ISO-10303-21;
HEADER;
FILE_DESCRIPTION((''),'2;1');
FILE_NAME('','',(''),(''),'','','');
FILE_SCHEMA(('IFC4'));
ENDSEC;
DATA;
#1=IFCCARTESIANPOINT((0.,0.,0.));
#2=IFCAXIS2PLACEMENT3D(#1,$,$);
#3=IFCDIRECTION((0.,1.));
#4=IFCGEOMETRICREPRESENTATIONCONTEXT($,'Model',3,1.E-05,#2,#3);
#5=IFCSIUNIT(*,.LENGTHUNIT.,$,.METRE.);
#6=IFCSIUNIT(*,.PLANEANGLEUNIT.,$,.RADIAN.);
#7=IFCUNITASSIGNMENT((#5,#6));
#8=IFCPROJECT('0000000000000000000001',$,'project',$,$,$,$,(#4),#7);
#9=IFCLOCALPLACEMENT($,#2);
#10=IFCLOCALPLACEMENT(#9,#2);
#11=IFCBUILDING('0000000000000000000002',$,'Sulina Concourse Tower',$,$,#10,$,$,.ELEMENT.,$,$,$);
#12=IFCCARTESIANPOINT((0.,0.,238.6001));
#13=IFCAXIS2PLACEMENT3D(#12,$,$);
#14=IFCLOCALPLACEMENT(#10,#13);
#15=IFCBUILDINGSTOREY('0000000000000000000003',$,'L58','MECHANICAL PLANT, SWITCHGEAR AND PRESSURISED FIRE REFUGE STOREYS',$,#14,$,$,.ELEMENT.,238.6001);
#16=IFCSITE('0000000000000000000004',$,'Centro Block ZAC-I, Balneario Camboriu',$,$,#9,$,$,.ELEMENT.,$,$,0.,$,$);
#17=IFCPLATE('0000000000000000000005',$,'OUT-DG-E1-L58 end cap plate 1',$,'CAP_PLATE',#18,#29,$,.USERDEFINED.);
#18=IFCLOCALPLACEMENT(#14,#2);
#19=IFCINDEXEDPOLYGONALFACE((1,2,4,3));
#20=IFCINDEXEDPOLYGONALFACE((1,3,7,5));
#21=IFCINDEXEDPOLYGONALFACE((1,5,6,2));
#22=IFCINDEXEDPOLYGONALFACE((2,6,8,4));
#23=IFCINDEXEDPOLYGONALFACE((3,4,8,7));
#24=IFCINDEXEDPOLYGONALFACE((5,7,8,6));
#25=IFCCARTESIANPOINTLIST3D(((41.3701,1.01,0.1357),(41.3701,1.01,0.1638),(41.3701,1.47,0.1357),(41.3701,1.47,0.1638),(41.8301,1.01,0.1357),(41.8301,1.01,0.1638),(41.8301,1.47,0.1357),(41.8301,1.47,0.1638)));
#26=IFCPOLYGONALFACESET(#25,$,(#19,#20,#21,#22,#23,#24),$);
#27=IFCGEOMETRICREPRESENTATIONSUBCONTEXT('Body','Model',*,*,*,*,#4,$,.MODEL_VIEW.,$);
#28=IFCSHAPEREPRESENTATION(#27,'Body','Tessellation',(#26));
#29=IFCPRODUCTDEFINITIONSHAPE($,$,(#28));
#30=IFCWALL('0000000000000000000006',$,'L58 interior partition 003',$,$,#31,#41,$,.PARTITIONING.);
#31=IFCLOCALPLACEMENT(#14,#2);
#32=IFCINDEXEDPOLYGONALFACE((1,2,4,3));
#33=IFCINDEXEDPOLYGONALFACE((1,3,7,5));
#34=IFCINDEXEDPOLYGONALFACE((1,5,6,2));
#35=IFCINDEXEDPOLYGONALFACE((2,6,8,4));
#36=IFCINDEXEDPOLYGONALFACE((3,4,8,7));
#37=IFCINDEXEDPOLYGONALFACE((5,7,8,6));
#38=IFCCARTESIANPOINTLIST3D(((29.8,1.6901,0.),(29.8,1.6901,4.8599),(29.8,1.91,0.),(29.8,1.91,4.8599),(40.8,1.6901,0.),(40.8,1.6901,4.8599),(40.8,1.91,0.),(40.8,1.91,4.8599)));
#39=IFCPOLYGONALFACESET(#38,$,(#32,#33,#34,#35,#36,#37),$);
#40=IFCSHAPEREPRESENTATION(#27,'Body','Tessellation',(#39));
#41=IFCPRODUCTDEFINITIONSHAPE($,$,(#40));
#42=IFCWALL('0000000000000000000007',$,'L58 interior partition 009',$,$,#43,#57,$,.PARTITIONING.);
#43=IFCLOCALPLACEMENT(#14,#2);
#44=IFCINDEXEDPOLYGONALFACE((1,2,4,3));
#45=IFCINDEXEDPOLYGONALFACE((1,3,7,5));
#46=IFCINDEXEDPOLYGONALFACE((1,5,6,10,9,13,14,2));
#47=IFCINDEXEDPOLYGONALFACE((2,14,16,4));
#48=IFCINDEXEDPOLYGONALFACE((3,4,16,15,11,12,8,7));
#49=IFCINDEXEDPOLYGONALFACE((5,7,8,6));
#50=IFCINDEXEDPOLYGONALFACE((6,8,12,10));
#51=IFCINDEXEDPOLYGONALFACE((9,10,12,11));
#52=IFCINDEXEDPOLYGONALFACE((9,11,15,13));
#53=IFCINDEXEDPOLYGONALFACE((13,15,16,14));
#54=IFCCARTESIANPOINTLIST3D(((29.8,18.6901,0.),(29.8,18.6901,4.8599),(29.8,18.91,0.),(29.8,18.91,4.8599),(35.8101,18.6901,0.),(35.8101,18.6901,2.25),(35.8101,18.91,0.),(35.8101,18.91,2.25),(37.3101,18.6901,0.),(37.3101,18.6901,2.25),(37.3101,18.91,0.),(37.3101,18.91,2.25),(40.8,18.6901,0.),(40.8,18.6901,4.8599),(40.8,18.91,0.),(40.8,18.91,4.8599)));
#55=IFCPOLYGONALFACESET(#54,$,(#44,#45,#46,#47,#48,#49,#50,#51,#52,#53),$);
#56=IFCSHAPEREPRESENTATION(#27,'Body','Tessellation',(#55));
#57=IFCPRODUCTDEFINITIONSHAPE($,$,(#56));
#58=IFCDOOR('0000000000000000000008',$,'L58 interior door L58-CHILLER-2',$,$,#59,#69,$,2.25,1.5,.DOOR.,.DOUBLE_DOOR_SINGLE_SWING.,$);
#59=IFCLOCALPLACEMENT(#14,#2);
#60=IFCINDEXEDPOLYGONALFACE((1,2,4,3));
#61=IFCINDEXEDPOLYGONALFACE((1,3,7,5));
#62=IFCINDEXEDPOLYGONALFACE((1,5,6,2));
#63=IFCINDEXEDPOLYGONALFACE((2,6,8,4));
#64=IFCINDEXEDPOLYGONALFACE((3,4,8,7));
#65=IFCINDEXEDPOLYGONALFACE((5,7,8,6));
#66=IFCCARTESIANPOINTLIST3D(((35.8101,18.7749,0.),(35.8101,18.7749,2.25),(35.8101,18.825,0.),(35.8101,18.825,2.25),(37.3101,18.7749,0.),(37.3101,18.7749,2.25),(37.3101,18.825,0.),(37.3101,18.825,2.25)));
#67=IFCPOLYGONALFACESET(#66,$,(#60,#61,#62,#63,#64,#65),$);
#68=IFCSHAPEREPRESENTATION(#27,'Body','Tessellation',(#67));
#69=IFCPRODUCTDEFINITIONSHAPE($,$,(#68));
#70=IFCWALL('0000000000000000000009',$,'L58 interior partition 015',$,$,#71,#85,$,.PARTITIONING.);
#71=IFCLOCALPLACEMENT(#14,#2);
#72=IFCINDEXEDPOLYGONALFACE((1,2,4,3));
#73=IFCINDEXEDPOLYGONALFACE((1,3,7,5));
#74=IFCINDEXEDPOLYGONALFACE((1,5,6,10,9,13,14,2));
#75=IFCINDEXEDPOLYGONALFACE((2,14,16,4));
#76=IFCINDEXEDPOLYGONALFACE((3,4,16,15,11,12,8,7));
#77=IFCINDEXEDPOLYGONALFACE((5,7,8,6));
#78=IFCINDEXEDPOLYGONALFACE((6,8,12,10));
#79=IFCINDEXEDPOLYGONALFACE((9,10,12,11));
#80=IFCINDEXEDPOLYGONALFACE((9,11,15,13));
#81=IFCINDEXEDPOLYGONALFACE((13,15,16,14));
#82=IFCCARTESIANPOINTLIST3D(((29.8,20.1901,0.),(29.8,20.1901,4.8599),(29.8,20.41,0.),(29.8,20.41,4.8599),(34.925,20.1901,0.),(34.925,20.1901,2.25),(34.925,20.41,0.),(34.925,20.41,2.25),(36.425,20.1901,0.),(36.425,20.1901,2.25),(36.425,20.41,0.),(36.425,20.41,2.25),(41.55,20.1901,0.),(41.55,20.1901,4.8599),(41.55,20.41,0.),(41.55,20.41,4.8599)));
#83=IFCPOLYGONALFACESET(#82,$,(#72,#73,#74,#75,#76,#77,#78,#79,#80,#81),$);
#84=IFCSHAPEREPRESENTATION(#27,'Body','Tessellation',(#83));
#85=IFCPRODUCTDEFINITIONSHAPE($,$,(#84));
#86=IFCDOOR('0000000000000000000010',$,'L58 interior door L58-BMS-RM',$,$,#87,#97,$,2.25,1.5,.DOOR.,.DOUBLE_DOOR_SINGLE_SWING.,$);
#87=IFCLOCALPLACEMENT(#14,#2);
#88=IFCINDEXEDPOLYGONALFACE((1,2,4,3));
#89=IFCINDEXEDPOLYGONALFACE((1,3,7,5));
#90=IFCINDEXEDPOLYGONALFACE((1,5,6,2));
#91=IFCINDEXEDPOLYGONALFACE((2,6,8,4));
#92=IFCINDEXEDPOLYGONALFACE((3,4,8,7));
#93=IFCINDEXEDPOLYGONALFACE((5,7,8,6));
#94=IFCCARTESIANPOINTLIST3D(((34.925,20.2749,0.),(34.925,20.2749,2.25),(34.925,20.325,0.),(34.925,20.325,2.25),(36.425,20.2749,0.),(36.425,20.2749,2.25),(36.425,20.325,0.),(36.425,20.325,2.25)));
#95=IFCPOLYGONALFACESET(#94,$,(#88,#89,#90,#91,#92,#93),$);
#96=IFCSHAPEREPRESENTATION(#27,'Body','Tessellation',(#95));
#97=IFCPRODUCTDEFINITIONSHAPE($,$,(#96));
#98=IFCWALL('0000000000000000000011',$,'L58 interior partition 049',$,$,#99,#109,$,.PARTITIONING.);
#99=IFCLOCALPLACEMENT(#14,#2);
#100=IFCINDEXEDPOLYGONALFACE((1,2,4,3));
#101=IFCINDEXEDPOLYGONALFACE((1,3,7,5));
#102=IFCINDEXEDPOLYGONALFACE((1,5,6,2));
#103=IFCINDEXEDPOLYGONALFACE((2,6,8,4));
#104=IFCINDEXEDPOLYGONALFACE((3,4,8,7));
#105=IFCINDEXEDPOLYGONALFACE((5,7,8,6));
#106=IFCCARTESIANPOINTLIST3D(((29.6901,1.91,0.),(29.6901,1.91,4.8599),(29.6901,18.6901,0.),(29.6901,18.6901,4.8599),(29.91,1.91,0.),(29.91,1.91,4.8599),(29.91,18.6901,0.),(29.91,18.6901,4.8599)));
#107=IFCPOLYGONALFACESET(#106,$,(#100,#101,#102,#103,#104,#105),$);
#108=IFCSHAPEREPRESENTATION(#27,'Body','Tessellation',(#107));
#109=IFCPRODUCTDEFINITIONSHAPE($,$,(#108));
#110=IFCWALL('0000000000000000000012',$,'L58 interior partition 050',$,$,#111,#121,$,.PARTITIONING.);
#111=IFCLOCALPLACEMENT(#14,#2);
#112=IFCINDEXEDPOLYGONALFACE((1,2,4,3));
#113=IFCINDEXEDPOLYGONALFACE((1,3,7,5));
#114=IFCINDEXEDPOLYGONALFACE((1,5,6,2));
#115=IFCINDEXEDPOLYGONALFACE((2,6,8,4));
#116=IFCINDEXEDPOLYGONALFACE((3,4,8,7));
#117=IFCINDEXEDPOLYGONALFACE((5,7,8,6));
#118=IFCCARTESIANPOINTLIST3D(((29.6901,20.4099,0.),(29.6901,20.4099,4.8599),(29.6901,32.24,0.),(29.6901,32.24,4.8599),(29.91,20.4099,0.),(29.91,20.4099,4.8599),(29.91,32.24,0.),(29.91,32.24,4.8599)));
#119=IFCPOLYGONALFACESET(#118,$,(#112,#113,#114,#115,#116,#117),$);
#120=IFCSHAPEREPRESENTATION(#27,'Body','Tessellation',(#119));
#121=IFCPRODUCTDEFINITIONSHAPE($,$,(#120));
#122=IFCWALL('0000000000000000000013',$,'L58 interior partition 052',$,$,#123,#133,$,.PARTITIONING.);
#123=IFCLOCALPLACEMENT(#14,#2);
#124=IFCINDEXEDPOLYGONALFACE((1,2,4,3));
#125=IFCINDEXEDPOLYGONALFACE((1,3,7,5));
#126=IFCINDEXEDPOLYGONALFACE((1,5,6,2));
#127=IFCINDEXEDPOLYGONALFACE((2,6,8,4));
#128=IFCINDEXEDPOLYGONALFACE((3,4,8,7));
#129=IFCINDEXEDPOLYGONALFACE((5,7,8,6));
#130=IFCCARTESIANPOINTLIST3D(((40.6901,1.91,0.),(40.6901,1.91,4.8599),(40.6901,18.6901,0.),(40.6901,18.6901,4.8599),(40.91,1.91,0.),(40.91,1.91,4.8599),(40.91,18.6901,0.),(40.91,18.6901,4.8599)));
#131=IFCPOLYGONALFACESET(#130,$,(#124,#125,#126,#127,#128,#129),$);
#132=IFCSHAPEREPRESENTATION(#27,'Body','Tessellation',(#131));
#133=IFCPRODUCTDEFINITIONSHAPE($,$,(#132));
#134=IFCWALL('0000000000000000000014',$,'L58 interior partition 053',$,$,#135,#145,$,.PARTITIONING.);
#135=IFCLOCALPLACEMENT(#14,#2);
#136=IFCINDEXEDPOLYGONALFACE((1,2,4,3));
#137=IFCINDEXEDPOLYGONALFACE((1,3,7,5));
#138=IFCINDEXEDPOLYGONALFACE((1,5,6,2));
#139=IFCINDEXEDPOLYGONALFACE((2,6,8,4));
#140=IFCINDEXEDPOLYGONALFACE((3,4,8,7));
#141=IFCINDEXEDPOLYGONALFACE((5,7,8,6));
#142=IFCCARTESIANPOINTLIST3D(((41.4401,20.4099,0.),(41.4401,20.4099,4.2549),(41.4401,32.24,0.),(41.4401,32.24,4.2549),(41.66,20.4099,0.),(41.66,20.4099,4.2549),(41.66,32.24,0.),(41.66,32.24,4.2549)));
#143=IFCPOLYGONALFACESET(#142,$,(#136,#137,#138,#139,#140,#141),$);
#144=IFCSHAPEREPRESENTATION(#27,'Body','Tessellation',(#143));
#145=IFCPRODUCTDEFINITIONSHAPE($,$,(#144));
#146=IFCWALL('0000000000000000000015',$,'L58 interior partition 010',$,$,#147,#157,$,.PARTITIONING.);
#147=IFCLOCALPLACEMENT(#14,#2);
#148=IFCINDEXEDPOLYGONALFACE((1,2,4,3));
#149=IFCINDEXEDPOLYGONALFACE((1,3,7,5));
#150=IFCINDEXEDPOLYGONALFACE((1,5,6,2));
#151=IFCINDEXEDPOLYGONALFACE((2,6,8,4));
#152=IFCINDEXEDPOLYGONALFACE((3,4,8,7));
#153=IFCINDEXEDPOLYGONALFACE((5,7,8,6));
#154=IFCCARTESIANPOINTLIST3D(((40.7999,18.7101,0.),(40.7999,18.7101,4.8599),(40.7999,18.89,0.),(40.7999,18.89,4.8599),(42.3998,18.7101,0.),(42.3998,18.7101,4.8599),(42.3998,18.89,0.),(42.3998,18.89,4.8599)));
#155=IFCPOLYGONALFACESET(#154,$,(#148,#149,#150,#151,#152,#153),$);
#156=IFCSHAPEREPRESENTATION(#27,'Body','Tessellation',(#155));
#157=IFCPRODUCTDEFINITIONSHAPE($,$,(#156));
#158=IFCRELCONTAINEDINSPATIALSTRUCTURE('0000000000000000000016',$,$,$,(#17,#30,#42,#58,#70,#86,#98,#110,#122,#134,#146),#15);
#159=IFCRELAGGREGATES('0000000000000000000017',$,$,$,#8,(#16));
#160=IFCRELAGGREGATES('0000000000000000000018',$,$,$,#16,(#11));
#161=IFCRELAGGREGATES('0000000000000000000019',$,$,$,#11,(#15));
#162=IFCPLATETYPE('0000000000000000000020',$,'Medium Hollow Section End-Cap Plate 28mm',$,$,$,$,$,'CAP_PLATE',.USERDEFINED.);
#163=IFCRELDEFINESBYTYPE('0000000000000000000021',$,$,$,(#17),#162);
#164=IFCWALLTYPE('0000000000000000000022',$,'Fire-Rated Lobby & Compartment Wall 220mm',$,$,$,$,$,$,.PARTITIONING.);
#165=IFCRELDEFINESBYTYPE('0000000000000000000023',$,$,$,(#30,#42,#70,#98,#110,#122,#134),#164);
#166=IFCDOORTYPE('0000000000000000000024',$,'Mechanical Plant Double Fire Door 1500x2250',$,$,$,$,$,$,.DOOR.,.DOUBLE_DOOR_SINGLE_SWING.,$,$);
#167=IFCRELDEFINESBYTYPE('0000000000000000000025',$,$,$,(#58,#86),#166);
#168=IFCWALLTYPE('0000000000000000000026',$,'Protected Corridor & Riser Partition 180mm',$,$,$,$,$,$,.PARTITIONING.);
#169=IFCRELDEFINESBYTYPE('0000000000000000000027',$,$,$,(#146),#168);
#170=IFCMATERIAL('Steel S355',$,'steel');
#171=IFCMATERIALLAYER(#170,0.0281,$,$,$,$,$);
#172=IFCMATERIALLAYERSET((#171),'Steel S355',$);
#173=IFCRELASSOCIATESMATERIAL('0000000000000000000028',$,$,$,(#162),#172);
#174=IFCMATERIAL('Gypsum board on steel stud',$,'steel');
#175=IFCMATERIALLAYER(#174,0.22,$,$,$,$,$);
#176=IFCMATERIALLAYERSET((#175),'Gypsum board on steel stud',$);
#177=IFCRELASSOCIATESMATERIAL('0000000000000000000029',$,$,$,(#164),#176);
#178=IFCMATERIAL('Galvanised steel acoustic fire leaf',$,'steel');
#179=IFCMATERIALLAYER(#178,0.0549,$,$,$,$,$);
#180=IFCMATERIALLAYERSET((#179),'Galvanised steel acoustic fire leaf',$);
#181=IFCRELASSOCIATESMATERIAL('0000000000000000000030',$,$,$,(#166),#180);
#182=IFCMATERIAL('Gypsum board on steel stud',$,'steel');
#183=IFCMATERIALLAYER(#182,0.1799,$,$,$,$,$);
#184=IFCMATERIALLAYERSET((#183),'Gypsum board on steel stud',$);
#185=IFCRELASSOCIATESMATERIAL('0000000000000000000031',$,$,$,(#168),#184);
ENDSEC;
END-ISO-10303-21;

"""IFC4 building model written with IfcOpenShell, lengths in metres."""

from ifc_helpers import new_model, si_unit, direction, frame, frame_2d, origin, origin_2d, place, context, subcontext, project, spatial, rectangle, extrude, material, layer, layer_set, type_object, element, fill, save


model = new_model("IFC4")

# Units and contexts
model_context = context("Model", 3, precision=1e-05, world=origin(), true_north=direction((0.0, 1.0)))
body_context = subcontext(model_context, "Body", "Model", "MODEL_VIEW")
ifc_project = project(units=[si_unit("LENGTHUNIT", "METRE"), si_unit("PLANEANGLEUNIT", "RADIAN")], contexts=[model_context])

# Site, building, storey
site_placement = place(None, origin())
site = spatial("IfcSite", under=ifc_project, at=site_placement, Name="Centro Block ZAC-I, Balneario Camboriu", CompositionType="ELEMENT", RefElevation=0.0)
building_placement = place(site_placement, origin())
building = spatial("IfcBuilding", under=site, at=building_placement, Name="Sulina Concourse Tower", CompositionType="ELEMENT")
storey_placement = place(building_placement, frame((0.0, 0.0, 238.6001)))
storey = spatial("IfcBuildingStorey", under=building, at=storey_placement, Name="L58", Description="MECHANICAL PLANT, SWITCHGEAR AND PRESSURISED FIRE REFUGE STOREYS", CompositionType="ELEMENT", Elevation=238.6001)

# Plate
ifc_material_1 = material(Name="Steel S355", Category="steel")
ifc_layer_1 = layer(ifc_material_1, 0.0281)
ifc_layer_set_1 = layer_set([ifc_layer_1], Name="Steel S355")
plate_type = type_object("IfcPlateType", Name="Medium Hollow Section End-Cap Plate 28mm", ElementType="CAP_PLATE", PredefinedType="USERDEFINED", material=ifc_layer_set_1)
for number, where, z_axis, x_axis, name in (
    (1, (41.6001, 1.24, 0.1357), (0.0, 0.0, 1.0), (1.0, 0.0, 0.0), "OUT-DG-E1-L58 end cap plate 1"),
):
    element("IfcPlate", number, at=place(storey_placement, frame(where, z_axis=z_axis, x_axis=x_axis)), inside=storey, type_object=plate_type, Name=name, ObjectType="CAP_PLATE", PredefinedType="USERDEFINED", context=body_context, shape_type="SweptSolid", body=[
        extrude(rectangle(XDim=0.46, YDim=0.46, at=origin_2d()), origin(), (0.0, 0.0, 1.0), 0.0281),
    ])

# Wall
ifc_material_2 = material(Name="Gypsum board on steel stud", Category="steel")
ifc_layer_2 = layer(ifc_material_2, 0.22)
ifc_layer_set_2 = layer_set([ifc_layer_2], Name="Gypsum board on steel stud")
wall_type_1 = type_object("IfcWallType", Name="Fire-Rated Lobby & Compartment Wall 220mm", PredefinedType="PARTITIONING", material=ifc_layer_set_2)
wall_1_placement = place(storey_placement, frame((29.8, 1.8, 0.0), z_axis=(0.0, 0.0, 1.0), x_axis=(1.0, 0.0, 0.0)))
element("IfcWall", 2, at=wall_1_placement, inside=storey, type_object=wall_type_1, Name="L58 interior partition 003", PredefinedType="PARTITIONING", context=body_context, shape_type="SweptSolid", body=[
    extrude(rectangle(XDim=11.0, YDim=0.22, at=frame_2d((5.5, 0.0))), origin(), (0.0, 0.0, 1.0), 4.8599),
])

# Walls, openings, doors
wall_2_placement = place(storey_placement, frame((29.8, 18.8, 0.0), z_axis=(0.0, 0.0, 1.0), x_axis=(1.0, 0.0, 0.0)))
wall_2 = element("IfcWall", 3, at=wall_2_placement, inside=storey, type_object=wall_type_1, Name="L58 interior partition 009", PredefinedType="PARTITIONING", context=body_context, shape_type="SweptSolid", body=[
    extrude(rectangle(XDim=11.0, YDim=0.22, at=frame_2d((5.5, 0.0))), origin(), (0.0, 0.0, 1.0), 4.8599),
])
opening_1_placement = place(wall_2_placement, frame((6.01, 0.0, 0.0)))
opening_1 = element("IfcOpeningElement", 4, at=opening_1_placement, cuts=wall_2, PredefinedType="OPENING", context=body_context, shape_type="SweptSolid", body=[
    extrude(rectangle(XDim=1.5, YDim=2.25, at=frame_2d((0.75, 1.125))), frame((0.0, 0.1199, 0.0), z_axis=(0.0, -1.0, 0.0), x_axis=(1.0, 0.0, 0.0)), (0.0, 0.0, 1.0), 0.24),
])
ifc_material_3 = material(Name="Galvanised steel acoustic fire leaf", Category="steel")
ifc_layer_3 = layer(ifc_material_3, 0.0549)
ifc_layer_set_3 = layer_set([ifc_layer_3], Name="Galvanised steel acoustic fire leaf")
door_type = type_object("IfcDoorType", Name="Mechanical Plant Double Fire Door 1500x2250", OperationType="DOUBLE_DOOR_SINGLE_SWING", PredefinedType="DOOR", material=ifc_layer_set_3)
door_1_placement = place(opening_1_placement, origin())
door_1 = element("IfcDoor", 5, at=door_1_placement, inside=storey, type_object=door_type, Name="L58 interior door L58-CHILLER-2", OperationType="DOUBLE_DOOR_SINGLE_SWING", OverallHeight=2.25, OverallWidth=1.5, PredefinedType="DOOR", context=body_context, shape_type="SweptSolid", body=[
    extrude(rectangle(XDim=1.5, YDim=2.25, at=frame_2d((0.75, 1.125))), frame((0.0, 0.0249, 0.0), z_axis=(0.0, -1.0, 0.0), x_axis=(1.0, 0.0, 0.0)), (0.0, 0.0, 1.0), 0.05),
])
fill(opening_1, door_1)
wall_3_placement = place(storey_placement, frame((29.8, 20.3, 0.0), z_axis=(0.0, 0.0, 1.0), x_axis=(1.0, 0.0, 0.0)))
wall_3 = element("IfcWall", 6, at=wall_3_placement, inside=storey, type_object=wall_type_1, Name="L58 interior partition 015", PredefinedType="PARTITIONING", context=body_context, shape_type="SweptSolid", body=[
    extrude(rectangle(XDim=11.75, YDim=0.22, at=frame_2d((5.875, 0.0))), origin(), (0.0, 0.0, 1.0), 4.8599),
])
opening_2_placement = place(wall_3_placement, frame((5.125, 0.0, 0.0)))
opening_2 = element("IfcOpeningElement", 7, at=opening_2_placement, cuts=wall_3, PredefinedType="OPENING", context=body_context, shape_type="SweptSolid", body=[
    extrude(rectangle(XDim=1.5, YDim=2.25, at=frame_2d((0.75, 1.125))), frame((0.0, 0.1199, 0.0), z_axis=(0.0, -1.0, 0.0), x_axis=(1.0, 0.0, 0.0)), (0.0, 0.0, 1.0), 0.24),
])
door_2_placement = place(opening_2_placement, origin())
door_2 = element("IfcDoor", 8, at=door_2_placement, inside=storey, type_object=door_type, Name="L58 interior door L58-BMS-RM", OperationType="DOUBLE_DOOR_SINGLE_SWING", OverallHeight=2.25, OverallWidth=1.5, PredefinedType="DOOR", context=body_context, shape_type="SweptSolid", body=[
    extrude(rectangle(XDim=1.5, YDim=2.25, at=frame_2d((0.75, 1.125))), frame((0.0, 0.0249, 0.0), z_axis=(0.0, -1.0, 0.0), x_axis=(1.0, 0.0, 0.0)), (0.0, 0.0, 1.0), 0.05),
])
fill(opening_2, door_2)

# Walls
wall_4_placement = place(storey_placement, frame((29.8, 1.9099, 0.0), z_axis=(0.0, 0.0, 1.0), x_axis=(0.0, 1.0, 0.0)))
element("IfcWall", 9, at=wall_4_placement, inside=storey, type_object=wall_type_1, Name="L58 interior partition 049", PredefinedType="PARTITIONING", context=body_context, shape_type="SweptSolid", body=[
    extrude(rectangle(XDim=16.78, YDim=0.22, at=frame_2d((8.3901, 0.0))), origin(), (0.0, 0.0, 1.0), 4.8599),
])
wall_5_placement = place(storey_placement, frame((29.8, 20.4099, 0.0), z_axis=(0.0, 0.0, 1.0), x_axis=(0.0, 1.0, 0.0)))
element("IfcWall", 10, at=wall_5_placement, inside=storey, type_object=wall_type_1, Name="L58 interior partition 050", PredefinedType="PARTITIONING", context=body_context, shape_type="SweptSolid", body=[
    extrude(rectangle(XDim=11.8301, YDim=0.22, at=frame_2d((5.915, 0.0))), origin(), (0.0, 0.0, 1.0), 4.8599),
])
wall_6_placement = place(storey_placement, frame((40.8, 1.9099, 0.0), z_axis=(0.0, 0.0, 1.0), x_axis=(0.0, 1.0, 0.0)))
element("IfcWall", 11, at=wall_6_placement, inside=storey, type_object=wall_type_1, Name="L58 interior partition 052", PredefinedType="PARTITIONING", context=body_context, shape_type="SweptSolid", body=[
    extrude(rectangle(XDim=16.78, YDim=0.22, at=frame_2d((8.3901, 0.0))), origin(), (0.0, 0.0, 1.0), 4.8599),
])
wall_7_placement = place(storey_placement, frame((41.55, 20.4099, 0.0), z_axis=(0.0, 0.0, 1.0), x_axis=(0.0, 1.0, 0.0)))
element("IfcWall", 12, at=wall_7_placement, inside=storey, type_object=wall_type_1, Name="L58 interior partition 053", PredefinedType="PARTITIONING", context=body_context, shape_type="SweptSolid", body=[
    extrude(rectangle(XDim=11.8301, YDim=0.22, at=frame_2d((5.915, 0.0))), origin(), (0.0, 0.0, 1.0), 4.2549),
])
ifc_material_4 = material(Name="Gypsum board on steel stud", Category="steel")
ifc_layer_4 = layer(ifc_material_4, 0.1799)
ifc_layer_set_4 = layer_set([ifc_layer_4], Name="Gypsum board on steel stud")
wall_type_2 = type_object("IfcWallType", Name="Protected Corridor & Riser Partition 180mm", PredefinedType="PARTITIONING", material=ifc_layer_set_4)
wall_8_placement = place(storey_placement, frame((40.8, 18.8, 0.0), z_axis=(0.0, 0.0, 1.0), x_axis=(1.0, 0.0, 0.0)))
element("IfcWall", 13, at=wall_8_placement, inside=storey, type_object=wall_type_2, Name="L58 interior partition 010", PredefinedType="PARTITIONING", context=body_context, shape_type="SweptSolid", body=[
    extrude(rectangle(XDim=1.5999, YDim=0.1799, at=frame_2d((0.7998, 0.0))), origin(), (0.0, 0.0, 1.0), 4.8599),
])

save(model, "model.ifc")
